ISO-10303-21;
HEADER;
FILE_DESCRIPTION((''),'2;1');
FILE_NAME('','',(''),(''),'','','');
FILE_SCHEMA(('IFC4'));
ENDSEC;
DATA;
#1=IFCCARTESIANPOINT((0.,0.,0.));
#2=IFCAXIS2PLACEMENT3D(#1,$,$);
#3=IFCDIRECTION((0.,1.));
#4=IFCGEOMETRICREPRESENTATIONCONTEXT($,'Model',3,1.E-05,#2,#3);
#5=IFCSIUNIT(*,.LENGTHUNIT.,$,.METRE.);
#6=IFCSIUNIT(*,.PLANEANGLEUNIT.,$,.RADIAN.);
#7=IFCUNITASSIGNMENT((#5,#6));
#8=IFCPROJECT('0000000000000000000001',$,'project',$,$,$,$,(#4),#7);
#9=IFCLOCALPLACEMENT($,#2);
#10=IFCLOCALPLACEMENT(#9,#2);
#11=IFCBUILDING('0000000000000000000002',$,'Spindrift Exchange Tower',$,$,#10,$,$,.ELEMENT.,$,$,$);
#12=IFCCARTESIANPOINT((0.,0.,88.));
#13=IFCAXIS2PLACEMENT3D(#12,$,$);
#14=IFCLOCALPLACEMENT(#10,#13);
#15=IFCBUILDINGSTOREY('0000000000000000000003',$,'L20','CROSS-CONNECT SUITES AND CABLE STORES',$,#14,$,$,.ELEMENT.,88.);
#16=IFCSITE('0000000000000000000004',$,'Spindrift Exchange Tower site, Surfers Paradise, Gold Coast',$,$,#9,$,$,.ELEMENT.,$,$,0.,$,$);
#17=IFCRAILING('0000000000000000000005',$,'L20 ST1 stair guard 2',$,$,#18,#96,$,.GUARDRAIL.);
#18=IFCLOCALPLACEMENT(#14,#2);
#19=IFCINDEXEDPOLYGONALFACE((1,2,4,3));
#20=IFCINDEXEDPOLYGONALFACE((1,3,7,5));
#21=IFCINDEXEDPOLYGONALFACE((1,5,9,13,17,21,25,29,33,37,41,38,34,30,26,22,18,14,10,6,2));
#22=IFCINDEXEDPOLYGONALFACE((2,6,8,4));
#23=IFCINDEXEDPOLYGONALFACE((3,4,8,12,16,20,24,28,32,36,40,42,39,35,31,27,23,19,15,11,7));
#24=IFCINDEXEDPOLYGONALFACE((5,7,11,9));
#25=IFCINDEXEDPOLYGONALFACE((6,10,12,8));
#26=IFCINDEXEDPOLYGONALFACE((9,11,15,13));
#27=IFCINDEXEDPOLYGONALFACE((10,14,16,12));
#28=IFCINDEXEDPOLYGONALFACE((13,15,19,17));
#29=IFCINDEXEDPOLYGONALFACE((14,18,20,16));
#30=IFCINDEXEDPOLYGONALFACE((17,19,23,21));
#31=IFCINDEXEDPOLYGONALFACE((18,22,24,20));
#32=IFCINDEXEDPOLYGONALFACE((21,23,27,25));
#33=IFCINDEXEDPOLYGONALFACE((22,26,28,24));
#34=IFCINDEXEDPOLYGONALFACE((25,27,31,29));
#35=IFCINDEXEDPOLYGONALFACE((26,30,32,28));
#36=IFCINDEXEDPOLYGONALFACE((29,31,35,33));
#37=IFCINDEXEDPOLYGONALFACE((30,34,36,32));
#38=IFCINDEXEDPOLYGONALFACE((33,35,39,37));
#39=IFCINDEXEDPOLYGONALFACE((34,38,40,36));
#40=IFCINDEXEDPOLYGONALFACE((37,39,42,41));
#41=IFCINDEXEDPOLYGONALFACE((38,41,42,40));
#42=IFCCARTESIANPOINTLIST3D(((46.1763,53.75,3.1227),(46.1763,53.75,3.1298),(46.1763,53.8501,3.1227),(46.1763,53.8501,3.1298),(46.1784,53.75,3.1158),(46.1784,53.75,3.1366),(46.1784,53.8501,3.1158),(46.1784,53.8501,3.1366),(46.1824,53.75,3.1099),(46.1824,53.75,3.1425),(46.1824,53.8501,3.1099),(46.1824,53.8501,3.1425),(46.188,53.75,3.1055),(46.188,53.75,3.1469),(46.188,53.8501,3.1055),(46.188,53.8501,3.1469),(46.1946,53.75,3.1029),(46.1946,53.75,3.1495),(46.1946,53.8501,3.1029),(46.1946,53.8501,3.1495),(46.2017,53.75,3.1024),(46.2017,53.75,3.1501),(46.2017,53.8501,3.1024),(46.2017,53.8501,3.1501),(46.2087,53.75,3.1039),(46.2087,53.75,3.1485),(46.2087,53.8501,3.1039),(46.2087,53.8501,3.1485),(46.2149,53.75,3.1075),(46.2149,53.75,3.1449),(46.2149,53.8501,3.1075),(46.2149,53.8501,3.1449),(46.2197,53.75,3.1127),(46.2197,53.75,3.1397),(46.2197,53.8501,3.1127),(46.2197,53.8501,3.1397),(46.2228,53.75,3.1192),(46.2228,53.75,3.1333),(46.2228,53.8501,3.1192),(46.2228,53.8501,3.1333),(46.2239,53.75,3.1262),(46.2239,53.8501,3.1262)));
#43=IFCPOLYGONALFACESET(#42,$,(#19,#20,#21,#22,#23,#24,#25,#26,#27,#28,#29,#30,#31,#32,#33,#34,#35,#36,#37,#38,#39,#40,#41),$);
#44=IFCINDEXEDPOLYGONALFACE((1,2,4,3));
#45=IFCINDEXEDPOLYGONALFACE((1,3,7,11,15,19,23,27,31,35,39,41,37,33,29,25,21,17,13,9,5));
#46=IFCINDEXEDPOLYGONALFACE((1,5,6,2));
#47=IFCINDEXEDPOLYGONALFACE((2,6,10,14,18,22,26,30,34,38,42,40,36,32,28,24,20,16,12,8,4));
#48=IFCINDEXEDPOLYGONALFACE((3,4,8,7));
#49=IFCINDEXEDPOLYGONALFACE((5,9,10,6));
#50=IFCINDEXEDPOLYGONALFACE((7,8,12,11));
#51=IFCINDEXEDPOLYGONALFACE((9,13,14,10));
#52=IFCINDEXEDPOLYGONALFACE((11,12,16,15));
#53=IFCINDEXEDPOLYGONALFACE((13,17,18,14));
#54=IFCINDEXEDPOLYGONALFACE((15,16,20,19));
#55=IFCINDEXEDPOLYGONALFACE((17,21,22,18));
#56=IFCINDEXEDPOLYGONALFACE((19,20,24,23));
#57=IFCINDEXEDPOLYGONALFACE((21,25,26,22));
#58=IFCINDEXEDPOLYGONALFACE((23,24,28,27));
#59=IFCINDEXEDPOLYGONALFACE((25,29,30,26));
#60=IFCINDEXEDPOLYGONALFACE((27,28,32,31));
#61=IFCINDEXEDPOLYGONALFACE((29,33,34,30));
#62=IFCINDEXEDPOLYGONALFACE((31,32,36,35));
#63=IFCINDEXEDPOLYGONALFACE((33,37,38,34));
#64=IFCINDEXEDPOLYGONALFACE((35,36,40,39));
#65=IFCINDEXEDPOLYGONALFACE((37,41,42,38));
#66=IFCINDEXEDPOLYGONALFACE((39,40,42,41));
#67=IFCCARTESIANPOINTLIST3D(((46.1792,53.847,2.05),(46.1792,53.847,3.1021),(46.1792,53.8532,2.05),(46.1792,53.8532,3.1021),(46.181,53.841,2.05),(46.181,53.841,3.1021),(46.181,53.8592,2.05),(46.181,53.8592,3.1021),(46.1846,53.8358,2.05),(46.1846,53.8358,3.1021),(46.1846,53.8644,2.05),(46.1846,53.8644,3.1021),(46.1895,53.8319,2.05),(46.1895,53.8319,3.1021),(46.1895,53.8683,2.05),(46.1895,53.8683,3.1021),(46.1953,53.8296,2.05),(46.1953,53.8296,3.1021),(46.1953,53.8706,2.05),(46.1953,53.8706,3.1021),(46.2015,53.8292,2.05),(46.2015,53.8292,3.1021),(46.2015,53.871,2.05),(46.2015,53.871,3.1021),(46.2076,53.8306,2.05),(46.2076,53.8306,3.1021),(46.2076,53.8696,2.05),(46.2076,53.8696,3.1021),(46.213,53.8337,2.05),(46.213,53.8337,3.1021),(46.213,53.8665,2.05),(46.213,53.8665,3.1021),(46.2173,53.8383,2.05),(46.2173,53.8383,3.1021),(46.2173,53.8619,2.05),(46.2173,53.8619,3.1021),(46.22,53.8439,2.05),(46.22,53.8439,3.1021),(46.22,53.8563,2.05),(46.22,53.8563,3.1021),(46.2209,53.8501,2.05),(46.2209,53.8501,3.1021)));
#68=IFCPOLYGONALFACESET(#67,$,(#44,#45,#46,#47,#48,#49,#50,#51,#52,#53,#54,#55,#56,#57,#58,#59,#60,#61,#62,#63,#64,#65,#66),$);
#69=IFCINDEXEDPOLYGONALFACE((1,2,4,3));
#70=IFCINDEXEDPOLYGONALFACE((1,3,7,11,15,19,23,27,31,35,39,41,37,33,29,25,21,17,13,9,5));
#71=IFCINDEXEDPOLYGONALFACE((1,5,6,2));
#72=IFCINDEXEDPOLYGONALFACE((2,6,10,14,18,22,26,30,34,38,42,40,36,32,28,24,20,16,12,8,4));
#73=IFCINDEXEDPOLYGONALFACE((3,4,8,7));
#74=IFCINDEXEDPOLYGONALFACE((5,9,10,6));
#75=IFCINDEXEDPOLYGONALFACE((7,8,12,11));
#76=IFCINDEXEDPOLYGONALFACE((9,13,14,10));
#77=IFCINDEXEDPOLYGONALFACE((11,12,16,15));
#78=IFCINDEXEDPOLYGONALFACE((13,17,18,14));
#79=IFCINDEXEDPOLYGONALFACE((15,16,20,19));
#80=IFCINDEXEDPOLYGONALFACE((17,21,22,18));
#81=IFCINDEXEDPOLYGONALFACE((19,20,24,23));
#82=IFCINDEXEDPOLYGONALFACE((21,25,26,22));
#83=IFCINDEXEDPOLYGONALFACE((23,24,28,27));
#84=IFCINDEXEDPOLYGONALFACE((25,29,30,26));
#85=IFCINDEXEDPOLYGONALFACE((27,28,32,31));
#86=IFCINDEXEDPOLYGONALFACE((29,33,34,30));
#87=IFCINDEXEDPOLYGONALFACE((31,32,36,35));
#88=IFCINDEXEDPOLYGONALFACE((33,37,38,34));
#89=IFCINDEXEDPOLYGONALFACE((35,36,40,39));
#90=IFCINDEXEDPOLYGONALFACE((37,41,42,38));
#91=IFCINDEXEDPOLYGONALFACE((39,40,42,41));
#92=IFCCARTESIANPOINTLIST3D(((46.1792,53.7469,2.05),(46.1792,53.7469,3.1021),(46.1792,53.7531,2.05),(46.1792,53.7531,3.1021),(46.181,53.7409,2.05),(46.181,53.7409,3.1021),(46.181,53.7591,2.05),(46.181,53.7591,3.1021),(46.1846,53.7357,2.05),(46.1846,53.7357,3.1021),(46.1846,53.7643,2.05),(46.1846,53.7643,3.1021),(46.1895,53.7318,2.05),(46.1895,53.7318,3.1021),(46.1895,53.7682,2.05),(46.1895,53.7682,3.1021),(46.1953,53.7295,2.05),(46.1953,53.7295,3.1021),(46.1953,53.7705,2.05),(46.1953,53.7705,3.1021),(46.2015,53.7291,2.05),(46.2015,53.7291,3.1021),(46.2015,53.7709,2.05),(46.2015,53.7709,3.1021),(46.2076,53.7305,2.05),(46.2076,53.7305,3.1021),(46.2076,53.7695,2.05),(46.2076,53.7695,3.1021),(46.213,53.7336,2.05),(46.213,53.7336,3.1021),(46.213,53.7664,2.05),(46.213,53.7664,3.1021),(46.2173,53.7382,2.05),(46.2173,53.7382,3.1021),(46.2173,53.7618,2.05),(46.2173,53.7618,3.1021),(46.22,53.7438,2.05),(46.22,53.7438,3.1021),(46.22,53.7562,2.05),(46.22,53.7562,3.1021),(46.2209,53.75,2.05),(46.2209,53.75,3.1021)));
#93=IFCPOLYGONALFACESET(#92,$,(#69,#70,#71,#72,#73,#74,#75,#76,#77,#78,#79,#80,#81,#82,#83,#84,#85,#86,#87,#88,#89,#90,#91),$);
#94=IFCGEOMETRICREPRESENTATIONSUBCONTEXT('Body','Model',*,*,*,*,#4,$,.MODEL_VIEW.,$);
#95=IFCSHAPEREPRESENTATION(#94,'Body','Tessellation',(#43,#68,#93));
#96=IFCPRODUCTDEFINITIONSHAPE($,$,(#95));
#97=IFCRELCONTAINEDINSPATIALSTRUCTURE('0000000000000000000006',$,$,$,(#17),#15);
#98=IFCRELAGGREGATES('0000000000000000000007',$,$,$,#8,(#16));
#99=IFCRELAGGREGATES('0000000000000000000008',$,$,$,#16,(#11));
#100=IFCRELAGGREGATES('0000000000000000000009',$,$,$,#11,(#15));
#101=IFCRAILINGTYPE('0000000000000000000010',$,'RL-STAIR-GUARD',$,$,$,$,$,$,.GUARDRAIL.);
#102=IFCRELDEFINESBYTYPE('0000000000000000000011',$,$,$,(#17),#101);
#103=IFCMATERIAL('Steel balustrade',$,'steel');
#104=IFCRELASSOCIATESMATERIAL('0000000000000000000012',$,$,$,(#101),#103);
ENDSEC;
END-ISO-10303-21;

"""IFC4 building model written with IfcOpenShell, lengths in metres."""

from ifc_helpers import new_model, si_unit, direction, frame, origin, origin_2d, place, context, subcontext, project, spatial, circle, extrude, material, type_object, element, save


model = new_model("IFC4")

# Units and contexts
model_context = context("Model", 3, precision=1e-05, world=origin(), true_north=direction((0.0, 1.0)))
body_context = subcontext(model_context, "Body", "Model", "MODEL_VIEW")
ifc_project = project(units=[si_unit("LENGTHUNIT", "METRE"), si_unit("PLANEANGLEUNIT", "RADIAN")], contexts=[model_context])

# Site, building, storey
site_placement = place(None, origin())
site = spatial("IfcSite", under=ifc_project, at=site_placement, Name="Spindrift Exchange Tower site, Surfers Paradise, Gold Coast", CompositionType="ELEMENT", RefElevation=0.0)
building_placement = place(site_placement, origin())
building = spatial("IfcBuilding", under=site, at=building_placement, Name="Spindrift Exchange Tower", CompositionType="ELEMENT")
storey_placement = place(building_placement, frame((0.0, 0.0, 88.0)))
storey = spatial("IfcBuildingStorey", under=building, at=storey_placement, Name="L20", Description="CROSS-CONNECT SUITES AND CABLE STORES", CompositionType="ELEMENT", Elevation=88.0)

# Railing
ifc_material_1 = material(Name="Steel balustrade", Category="steel")
railing_type_1 = type_object("IfcRailingType", Name="RL-STAIR-GUARD", PredefinedType="GUARDRAIL", material=ifc_material_1)
railing_1_placement = place(storey_placement, frame((46.2, 53.8501, 2.05)))
element("IfcRailing", 1, at=railing_1_placement, inside=storey, type_object=railing_type_1, Name="L20 ST1 stair guard 2", PredefinedType="GUARDRAIL", context=body_context, shape_type="SweptSolid", body=[
    extrude(circle(Radius=0.0239, at=origin_2d()), frame((0.0, 0.0, 1.0762), z_axis=(0.0, -1.0, 0.0), x_axis=(1.0, 0.0, 0.0)), (0.0, 0.0, 1.0), 0.1001),
    extrude(circle(Radius=0.021, at=origin_2d()), origin(), (0.0, 0.0, 1.0), 1.052),
    extrude(circle(Radius=0.021, at=origin_2d()), frame((0.0, -0.1001, 0.0)), (0.0, 0.0, 1.0), 1.052),
])

save(model, "model.ifc")
